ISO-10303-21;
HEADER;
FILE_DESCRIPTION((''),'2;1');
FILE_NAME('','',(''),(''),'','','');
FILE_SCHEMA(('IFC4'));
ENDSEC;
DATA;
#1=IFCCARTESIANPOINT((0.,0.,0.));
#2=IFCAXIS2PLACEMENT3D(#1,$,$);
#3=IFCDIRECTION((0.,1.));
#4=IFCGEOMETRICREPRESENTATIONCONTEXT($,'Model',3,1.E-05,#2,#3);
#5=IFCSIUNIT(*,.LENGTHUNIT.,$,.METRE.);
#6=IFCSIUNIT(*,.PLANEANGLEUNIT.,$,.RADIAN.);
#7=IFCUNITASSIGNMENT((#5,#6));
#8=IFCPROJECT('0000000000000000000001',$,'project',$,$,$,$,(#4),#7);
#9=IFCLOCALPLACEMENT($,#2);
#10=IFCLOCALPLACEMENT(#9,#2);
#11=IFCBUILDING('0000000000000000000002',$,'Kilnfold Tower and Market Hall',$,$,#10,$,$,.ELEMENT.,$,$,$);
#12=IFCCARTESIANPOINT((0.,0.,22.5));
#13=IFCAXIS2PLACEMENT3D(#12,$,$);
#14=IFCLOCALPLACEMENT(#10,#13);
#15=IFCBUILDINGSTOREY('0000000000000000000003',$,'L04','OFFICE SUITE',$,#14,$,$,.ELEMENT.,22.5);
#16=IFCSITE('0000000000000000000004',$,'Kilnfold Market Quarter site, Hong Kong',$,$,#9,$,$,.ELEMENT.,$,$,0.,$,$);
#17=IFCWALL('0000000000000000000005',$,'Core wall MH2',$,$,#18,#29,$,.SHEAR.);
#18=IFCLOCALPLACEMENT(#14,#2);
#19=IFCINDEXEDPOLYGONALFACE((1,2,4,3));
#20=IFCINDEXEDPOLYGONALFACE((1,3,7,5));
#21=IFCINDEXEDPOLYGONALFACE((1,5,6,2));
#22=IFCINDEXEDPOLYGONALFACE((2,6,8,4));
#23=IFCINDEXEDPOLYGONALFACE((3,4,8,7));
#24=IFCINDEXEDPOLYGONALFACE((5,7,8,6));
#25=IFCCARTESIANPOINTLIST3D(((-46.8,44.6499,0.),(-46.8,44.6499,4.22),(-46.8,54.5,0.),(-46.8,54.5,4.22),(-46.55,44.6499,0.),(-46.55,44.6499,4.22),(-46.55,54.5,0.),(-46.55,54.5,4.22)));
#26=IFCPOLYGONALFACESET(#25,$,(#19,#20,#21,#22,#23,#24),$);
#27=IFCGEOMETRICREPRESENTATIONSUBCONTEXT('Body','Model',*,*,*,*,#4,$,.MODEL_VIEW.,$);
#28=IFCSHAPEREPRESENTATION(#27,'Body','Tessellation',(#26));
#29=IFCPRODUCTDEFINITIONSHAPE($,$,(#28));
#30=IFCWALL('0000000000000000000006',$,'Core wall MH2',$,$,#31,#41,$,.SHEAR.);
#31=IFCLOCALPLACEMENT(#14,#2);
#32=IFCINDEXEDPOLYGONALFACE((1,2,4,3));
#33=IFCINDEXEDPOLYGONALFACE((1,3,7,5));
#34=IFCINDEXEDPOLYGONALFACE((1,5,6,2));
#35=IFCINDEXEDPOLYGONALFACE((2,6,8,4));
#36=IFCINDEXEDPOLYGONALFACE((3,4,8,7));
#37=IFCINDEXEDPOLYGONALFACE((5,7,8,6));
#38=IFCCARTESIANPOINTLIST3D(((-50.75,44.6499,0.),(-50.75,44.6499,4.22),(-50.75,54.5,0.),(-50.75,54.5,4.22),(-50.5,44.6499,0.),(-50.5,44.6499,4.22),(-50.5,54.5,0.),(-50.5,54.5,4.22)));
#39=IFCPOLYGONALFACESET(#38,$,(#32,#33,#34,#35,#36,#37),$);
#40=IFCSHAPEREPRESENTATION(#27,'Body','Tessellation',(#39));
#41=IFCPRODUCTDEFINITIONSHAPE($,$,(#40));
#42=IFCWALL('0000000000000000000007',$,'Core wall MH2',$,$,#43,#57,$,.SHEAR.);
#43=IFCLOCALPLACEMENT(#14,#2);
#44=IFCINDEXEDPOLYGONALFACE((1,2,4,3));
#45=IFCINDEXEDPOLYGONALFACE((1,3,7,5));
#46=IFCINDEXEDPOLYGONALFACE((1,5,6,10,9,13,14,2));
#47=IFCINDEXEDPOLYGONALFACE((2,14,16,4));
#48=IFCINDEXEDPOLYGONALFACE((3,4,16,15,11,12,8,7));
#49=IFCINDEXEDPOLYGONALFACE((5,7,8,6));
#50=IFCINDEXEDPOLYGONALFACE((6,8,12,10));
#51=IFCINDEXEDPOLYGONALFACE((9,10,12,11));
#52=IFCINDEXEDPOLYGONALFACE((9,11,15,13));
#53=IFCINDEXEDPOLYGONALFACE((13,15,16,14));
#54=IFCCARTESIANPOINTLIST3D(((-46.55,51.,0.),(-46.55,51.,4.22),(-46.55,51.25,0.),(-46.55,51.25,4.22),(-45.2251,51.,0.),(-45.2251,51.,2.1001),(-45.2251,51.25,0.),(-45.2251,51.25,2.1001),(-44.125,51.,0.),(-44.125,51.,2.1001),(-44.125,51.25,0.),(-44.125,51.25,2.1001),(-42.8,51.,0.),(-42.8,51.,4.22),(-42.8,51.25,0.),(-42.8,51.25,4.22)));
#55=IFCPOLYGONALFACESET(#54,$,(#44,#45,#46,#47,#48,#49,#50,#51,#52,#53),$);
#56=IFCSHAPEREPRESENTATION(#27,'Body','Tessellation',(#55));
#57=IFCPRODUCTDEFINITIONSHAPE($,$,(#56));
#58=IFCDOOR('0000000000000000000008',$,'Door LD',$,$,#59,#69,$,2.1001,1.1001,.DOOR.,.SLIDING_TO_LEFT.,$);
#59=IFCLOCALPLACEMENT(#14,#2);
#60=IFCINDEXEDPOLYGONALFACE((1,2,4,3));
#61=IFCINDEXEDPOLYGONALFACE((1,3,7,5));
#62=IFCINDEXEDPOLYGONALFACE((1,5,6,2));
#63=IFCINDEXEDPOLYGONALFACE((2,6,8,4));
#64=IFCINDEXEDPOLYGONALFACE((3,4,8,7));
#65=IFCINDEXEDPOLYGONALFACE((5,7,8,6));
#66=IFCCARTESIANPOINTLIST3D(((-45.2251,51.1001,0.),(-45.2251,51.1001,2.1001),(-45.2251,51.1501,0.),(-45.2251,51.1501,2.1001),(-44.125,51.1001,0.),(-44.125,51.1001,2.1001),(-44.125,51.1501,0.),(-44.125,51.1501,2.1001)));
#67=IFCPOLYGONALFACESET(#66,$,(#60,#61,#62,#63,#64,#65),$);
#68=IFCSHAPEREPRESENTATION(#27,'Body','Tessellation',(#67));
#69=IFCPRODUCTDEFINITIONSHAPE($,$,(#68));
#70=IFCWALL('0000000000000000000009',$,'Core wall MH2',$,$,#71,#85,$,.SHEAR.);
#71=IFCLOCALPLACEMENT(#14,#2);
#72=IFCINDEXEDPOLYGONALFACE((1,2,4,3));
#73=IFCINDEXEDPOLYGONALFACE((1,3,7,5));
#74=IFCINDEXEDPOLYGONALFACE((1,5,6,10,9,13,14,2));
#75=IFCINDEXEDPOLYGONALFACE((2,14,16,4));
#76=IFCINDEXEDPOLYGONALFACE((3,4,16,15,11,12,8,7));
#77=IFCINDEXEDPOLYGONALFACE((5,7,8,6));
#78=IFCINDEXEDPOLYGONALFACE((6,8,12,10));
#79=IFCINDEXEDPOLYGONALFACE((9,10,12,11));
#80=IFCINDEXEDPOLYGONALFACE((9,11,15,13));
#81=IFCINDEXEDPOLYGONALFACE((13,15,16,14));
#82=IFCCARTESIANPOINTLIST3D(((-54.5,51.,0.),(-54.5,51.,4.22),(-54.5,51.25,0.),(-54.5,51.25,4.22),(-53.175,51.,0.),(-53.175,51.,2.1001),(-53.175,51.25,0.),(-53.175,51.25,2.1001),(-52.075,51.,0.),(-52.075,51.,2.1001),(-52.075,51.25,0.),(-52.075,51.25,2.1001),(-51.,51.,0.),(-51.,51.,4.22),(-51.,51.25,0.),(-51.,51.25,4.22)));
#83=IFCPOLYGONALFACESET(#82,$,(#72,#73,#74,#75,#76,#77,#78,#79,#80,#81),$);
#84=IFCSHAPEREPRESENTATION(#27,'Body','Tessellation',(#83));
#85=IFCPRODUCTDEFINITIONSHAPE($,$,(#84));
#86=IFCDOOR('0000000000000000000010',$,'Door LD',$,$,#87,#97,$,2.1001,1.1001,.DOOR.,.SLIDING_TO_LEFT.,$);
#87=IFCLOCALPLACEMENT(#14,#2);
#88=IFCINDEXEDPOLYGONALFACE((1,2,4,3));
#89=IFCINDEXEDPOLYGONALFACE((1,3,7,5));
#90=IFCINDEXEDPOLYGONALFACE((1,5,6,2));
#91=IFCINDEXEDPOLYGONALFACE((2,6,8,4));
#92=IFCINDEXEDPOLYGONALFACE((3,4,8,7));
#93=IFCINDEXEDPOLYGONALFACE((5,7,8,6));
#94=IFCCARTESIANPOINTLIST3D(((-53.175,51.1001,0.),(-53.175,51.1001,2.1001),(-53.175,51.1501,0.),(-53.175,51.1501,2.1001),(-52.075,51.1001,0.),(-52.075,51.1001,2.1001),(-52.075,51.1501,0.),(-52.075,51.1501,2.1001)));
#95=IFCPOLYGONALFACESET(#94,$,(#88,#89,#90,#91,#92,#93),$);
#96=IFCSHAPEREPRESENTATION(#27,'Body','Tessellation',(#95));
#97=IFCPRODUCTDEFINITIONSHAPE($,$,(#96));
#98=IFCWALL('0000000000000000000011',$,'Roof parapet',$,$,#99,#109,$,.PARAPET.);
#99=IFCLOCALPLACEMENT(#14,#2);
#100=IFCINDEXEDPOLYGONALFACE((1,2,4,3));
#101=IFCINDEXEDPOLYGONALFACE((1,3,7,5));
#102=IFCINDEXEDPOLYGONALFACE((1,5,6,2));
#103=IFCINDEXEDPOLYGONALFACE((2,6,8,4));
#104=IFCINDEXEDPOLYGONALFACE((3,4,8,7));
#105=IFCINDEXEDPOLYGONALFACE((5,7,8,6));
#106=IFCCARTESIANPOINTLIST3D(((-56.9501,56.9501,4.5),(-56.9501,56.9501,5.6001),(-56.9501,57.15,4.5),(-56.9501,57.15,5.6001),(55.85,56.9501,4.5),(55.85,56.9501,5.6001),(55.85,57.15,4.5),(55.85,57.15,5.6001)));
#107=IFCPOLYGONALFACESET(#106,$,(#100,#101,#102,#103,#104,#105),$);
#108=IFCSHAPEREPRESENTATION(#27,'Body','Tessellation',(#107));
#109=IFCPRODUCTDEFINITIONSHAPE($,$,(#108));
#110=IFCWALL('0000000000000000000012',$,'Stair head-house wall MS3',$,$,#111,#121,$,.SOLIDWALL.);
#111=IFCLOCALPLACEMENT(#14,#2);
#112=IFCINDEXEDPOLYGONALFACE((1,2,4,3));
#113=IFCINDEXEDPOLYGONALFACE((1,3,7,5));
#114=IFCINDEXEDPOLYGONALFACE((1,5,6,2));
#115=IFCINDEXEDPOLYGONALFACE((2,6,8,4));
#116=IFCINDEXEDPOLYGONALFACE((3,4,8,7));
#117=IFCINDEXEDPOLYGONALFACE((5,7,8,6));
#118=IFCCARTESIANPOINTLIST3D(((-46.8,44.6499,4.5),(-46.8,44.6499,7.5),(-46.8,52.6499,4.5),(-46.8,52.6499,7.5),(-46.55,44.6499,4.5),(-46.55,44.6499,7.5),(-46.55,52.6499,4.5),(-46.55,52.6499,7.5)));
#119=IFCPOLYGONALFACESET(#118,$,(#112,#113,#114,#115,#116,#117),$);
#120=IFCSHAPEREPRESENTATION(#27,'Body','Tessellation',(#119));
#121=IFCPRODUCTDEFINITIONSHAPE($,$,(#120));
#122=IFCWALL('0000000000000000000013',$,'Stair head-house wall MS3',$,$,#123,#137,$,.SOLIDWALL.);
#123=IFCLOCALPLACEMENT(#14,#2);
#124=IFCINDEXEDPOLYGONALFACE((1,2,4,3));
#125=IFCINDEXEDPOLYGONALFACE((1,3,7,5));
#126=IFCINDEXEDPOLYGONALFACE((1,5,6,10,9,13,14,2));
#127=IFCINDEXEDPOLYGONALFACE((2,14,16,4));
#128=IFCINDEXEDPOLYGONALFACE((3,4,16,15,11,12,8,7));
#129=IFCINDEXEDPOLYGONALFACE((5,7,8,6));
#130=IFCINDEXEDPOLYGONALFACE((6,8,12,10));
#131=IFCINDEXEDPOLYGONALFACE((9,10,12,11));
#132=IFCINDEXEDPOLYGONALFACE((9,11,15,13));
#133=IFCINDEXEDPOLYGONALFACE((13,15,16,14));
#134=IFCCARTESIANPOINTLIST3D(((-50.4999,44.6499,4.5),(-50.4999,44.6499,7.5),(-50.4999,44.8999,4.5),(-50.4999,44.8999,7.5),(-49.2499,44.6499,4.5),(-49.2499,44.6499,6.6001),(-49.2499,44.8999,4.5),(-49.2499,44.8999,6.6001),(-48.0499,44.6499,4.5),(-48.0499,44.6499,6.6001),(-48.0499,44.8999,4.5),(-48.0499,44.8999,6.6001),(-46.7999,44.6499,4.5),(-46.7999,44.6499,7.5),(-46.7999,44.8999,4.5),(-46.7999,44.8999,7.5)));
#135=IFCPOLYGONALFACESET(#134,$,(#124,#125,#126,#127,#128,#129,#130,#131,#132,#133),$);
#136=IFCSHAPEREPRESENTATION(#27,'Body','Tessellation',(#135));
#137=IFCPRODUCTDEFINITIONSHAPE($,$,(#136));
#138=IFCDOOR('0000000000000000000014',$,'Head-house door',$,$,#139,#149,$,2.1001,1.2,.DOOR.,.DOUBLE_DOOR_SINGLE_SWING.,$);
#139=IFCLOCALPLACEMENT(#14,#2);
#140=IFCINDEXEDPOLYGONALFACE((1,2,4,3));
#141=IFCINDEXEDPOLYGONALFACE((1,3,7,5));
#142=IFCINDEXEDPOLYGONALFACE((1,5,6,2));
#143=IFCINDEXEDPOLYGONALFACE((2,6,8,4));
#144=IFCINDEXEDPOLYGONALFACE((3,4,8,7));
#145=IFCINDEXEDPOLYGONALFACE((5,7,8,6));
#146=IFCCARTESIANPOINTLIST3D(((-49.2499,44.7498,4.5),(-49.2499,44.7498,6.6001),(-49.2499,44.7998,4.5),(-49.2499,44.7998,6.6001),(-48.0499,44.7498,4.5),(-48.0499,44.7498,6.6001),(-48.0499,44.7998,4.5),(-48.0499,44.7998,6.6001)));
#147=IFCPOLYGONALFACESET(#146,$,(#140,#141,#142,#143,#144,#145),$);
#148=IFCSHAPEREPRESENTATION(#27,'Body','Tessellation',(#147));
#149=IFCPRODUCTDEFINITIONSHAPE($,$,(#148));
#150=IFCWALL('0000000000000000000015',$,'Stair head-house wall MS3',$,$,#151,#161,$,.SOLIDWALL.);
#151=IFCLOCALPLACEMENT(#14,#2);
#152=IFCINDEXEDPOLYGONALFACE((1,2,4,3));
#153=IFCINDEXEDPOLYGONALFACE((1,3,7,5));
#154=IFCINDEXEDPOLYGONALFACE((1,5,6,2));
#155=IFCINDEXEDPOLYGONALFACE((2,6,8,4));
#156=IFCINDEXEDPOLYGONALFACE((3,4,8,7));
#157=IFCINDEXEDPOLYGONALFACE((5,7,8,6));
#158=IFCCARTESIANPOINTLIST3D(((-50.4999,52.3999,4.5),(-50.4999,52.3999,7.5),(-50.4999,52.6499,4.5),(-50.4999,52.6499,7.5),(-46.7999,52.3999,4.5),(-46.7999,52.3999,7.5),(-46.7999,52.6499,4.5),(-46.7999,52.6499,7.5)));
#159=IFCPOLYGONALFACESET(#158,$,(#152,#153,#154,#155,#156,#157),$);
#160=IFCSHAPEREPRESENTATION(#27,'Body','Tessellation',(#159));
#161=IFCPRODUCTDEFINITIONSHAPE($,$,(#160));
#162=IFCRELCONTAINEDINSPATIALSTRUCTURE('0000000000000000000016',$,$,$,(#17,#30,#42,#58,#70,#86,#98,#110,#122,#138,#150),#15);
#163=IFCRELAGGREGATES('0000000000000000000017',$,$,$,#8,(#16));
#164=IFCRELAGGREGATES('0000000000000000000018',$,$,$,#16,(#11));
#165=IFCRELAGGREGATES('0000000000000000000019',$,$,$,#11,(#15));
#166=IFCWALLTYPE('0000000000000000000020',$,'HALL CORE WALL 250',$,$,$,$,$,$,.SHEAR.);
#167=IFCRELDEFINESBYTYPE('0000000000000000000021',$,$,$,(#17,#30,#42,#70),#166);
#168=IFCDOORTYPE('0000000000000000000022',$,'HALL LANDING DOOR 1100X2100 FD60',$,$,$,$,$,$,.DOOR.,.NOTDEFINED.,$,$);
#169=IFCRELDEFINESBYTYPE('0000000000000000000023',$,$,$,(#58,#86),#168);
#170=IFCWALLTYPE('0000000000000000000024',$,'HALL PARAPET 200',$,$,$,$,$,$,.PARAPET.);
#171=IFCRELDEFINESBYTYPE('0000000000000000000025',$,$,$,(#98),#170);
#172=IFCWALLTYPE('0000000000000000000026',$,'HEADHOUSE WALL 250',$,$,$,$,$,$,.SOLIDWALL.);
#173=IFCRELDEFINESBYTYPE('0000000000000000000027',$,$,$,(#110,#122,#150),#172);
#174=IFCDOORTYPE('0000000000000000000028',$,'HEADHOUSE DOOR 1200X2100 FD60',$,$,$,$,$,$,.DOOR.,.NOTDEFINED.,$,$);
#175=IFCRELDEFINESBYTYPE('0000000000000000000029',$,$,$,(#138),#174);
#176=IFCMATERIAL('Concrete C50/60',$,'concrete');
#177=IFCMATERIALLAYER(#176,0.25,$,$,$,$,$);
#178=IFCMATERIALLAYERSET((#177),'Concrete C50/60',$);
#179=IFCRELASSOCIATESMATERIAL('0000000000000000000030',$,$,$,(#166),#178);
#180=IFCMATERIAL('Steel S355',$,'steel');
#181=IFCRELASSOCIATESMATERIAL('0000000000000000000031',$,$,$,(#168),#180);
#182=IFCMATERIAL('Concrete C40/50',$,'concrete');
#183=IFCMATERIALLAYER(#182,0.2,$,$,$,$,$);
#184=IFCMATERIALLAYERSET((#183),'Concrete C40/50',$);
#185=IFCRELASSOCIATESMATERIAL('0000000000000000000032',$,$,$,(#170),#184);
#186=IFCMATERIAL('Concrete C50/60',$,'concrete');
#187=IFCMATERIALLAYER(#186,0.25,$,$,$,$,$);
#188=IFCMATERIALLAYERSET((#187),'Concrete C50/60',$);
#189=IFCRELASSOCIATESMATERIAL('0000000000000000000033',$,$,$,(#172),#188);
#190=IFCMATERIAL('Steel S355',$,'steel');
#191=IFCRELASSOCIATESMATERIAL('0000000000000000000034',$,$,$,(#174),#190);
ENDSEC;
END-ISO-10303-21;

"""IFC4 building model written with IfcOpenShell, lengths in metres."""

from ifc_helpers import new_model, si_unit, direction, frame, frame_2d, origin, place, context, subcontext, project, spatial, rectangle, extrude, source, transform, mapped, material, layer, layer_set, type_object, element, fill, save


model = new_model("IFC4")

# Units and contexts
model_context = context("Model", 3, precision=1e-05, world=origin(), true_north=direction((0.0, 1.0)))
body_context = subcontext(model_context, "Body", "Model", "MODEL_VIEW")
ifc_project = project(units=[si_unit("LENGTHUNIT", "METRE"), si_unit("PLANEANGLEUNIT", "RADIAN")], contexts=[model_context])

# Site, building, storey
site_placement = place(None, origin())
site = spatial("IfcSite", under=ifc_project, at=site_placement, Name="Kilnfold Market Quarter site, Hong Kong", CompositionType="ELEMENT", RefElevation=0.0)
building_placement = place(site_placement, origin())
building = spatial("IfcBuilding", under=site, at=building_placement, Name="Kilnfold Tower and Market Hall", CompositionType="ELEMENT")
storey_placement = place(building_placement, frame((0.0, 0.0, 22.5)))
storey = spatial("IfcBuildingStorey", under=building, at=storey_placement, Name="L04", Description="OFFICE SUITE", CompositionType="ELEMENT", Elevation=22.5)

# Shared definitions
ifc_material_1 = material(Name="Concrete C50/60", Category="concrete")
ifc_layer_1 = layer(ifc_material_1, 0.25)
ifc_layer_set_1 = layer_set([ifc_layer_1], Name="Concrete C50/60")
wall_type_1 = type_object("IfcWallType", Name="HALL CORE WALL 250", PredefinedType="SHEAR", material=ifc_layer_set_1)

# Walls
shared_shape_1 = source(origin(), body_context, "Body", "SweptSolid", [
    extrude(rectangle(XDim=9.8501, YDim=0.25, at=frame_2d((4.925, 0.0))), origin(), (0.0, 0.0, 1.0), 4.22),
])
for number, where, z_axis, x_axis, name in (
    (1, (-46.675, 54.5, 0.0), (0.0, 0.0, 1.0), (0.0, -1.0, 0.0), "Core wall MH2"),
    (2, (-50.625, 54.5, 0.0), (0.0, 0.0, 1.0), (0.0, -1.0, 0.0), "Core wall MH2"),
):
    element("IfcWall", number, at=place(storey_placement, frame(where, z_axis=z_axis, x_axis=x_axis)), inside=storey, type_object=wall_type_1, Name=name, PredefinedType="SHEAR", context=body_context, shape_type="MappedRepresentation", body=[
        mapped(shared_shape_1, transform((0.0, 0.0, 0.0))),
    ])

# Walls, openings, doors
shared_shape_2 = source(origin(), body_context, "Body", "SweptSolid", [
    extrude(rectangle(XDim=3.75, YDim=0.25, at=frame_2d((1.875, 0.0))), origin(), (0.0, 0.0, 1.0), 4.22),
])
wall_1_placement = place(storey_placement, frame((-42.8, 51.125, 0.0), z_axis=(0.0, 0.0, 1.0), x_axis=(-1.0, 0.0, 0.0)))
wall_1 = element("IfcWall", 3, at=wall_1_placement, inside=storey, type_object=wall_type_1, Name="Core wall MH2", PredefinedType="SHEAR", context=body_context, shape_type="MappedRepresentation", body=[
    mapped(shared_shape_2, transform((0.0, 0.0, 0.0))),
])
opening_1_placement = place(wall_1_placement, frame((1.325, 0.0, 0.0)))
opening_1 = element("IfcOpeningElement", 4, at=opening_1_placement, cuts=wall_1, PredefinedType="OPENING", context=body_context, shape_type="SweptSolid", body=[
    extrude(rectangle(XDim=1.1001, YDim=2.1001, at=frame_2d((0.55, 1.05))), frame((0.0, 0.135, 0.0), z_axis=(0.0, -1.0, 0.0), x_axis=(1.0, 0.0, 0.0)), (0.0, 0.0, 1.0), 0.27),
])
ifc_material_2 = material(Name="Steel S355", Category="steel")
door_type_1 = type_object("IfcDoorType", Name="HALL LANDING DOOR 1100X2100 FD60", OperationType="NOTDEFINED", PredefinedType="DOOR", material=ifc_material_2)
door_1_placement = place(opening_1_placement, origin())
door_1 = element("IfcDoor", 5, at=door_1_placement, inside=storey, type_object=door_type_1, Name="Door LD", OperationType="SLIDING_TO_LEFT", OverallHeight=2.1001, OverallWidth=1.1001, PredefinedType="DOOR", context=body_context, shape_type="SweptSolid", body=[
    extrude(rectangle(XDim=1.1001, YDim=2.1001, at=frame_2d((0.55, 1.05))), frame((0.0, 0.0249, 0.0), z_axis=(0.0, -1.0, 0.0), x_axis=(1.0, 0.0, 0.0)), (0.0, 0.0, 1.0), 0.05),
])
fill(opening_1, door_1)
shared_shape_3 = source(origin(), body_context, "Body", "SweptSolid", [
    extrude(rectangle(XDim=3.5, YDim=0.25, at=frame_2d((1.75, 0.0))), origin(), (0.0, 0.0, 1.0), 4.22),
])
wall_2_placement = place(storey_placement, frame((-51.0, 51.125, 0.0), z_axis=(0.0, 0.0, 1.0), x_axis=(-1.0, 0.0, 0.0)))
wall_2 = element("IfcWall", 6, at=wall_2_placement, inside=storey, type_object=wall_type_1, Name="Core wall MH2", PredefinedType="SHEAR", context=body_context, shape_type="MappedRepresentation", body=[
    mapped(shared_shape_3, transform((0.0, 0.0, 0.0))),
])
opening_2_placement = place(wall_2_placement, frame((1.075, 0.0, 0.0)))
opening_2 = element("IfcOpeningElement", 7, at=opening_2_placement, cuts=wall_2, PredefinedType="OPENING", context=body_context, shape_type="SweptSolid", body=[
    extrude(rectangle(XDim=1.1001, YDim=2.1001, at=frame_2d((0.55, 1.05))), frame((0.0, 0.135, 0.0), z_axis=(0.0, -1.0, 0.0), x_axis=(1.0, 0.0, 0.0)), (0.0, 0.0, 1.0), 0.27),
])
door_2_placement = place(opening_2_placement, origin())
door_2 = element("IfcDoor", 8, at=door_2_placement, inside=storey, type_object=door_type_1, Name="Door LD", OperationType="SLIDING_TO_LEFT", OverallHeight=2.1001, OverallWidth=1.1001, PredefinedType="DOOR", context=body_context, shape_type="SweptSolid", body=[
    extrude(rectangle(XDim=1.1001, YDim=2.1001, at=frame_2d((0.55, 1.05))), frame((0.0, 0.0249, 0.0), z_axis=(0.0, -1.0, 0.0), x_axis=(1.0, 0.0, 0.0)), (0.0, 0.0, 1.0), 0.05),
])
fill(opening_2, door_2)

# Walls
ifc_material_3 = material(Name="Concrete C40/50", Category="concrete")
ifc_layer_2 = layer(ifc_material_3, 0.2)
ifc_layer_set_2 = layer_set([ifc_layer_2], Name="Concrete C40/50")
wall_type_2 = type_object("IfcWallType", Name="HALL PARAPET 200", PredefinedType="PARAPET", material=ifc_layer_set_2)
shared_shape_4 = source(origin(), body_context, "Body", "SweptSolid", [
    extrude(rectangle(XDim=112.8, YDim=0.2, at=frame_2d((56.3999, 0.0))), origin(), (0.0, 0.0, 1.0), 1.1001),
])
wall_3_placement = place(storey_placement, frame((-56.95, 57.05, 4.5), z_axis=(0.0, 0.0, 1.0), x_axis=(1.0, 0.0, 0.0)))
element("IfcWall", 9, at=wall_3_placement, inside=storey, type_object=wall_type_2, Name="Roof parapet", PredefinedType="PARAPET", context=body_context, shape_type="MappedRepresentation", body=[
    mapped(shared_shape_4, transform((0.0, 0.0, 0.0))),
])
ifc_material_4 = material(Name="Concrete C50/60", Category="concrete")
ifc_layer_3 = layer(ifc_material_4, 0.25)
ifc_layer_set_3 = layer_set([ifc_layer_3], Name="Concrete C50/60")
wall_type_3 = type_object("IfcWallType", Name="HEADHOUSE WALL 250", PredefinedType="SOLIDWALL", material=ifc_layer_set_3)
shared_shape_5 = source(origin(), body_context, "Body", "SweptSolid", [
    extrude(rectangle(XDim=8.0, YDim=0.25, at=frame_2d((4.0, 0.0))), origin(), (0.0, 0.0, 1.0), 3.0),
])
wall_4_placement = place(storey_placement, frame((-46.675, 44.6499, 4.5), z_axis=(0.0, 0.0, 1.0), x_axis=(0.0, 1.0, 0.0)))
element("IfcWall", 10, at=wall_4_placement, inside=storey, type_object=wall_type_3, Name="Stair head-house wall MS3", PredefinedType="SOLIDWALL", context=body_context, shape_type="MappedRepresentation", body=[
    mapped(shared_shape_5, transform((0.0, 0.0, 0.0))),
])

# Wall, opening, door
shared_shape_6 = source(origin(), body_context, "Body", "SweptSolid", [
    extrude(rectangle(XDim=3.7, YDim=0.25, at=frame_2d((1.8501, 0.0))), origin(), (0.0, 0.0, 1.0), 3.0),
])
wall_5_placement = place(storey_placement, frame((-50.5, 44.7749, 4.5), z_axis=(0.0, 0.0, 1.0), x_axis=(1.0, 0.0, 0.0)))
wall_5 = element("IfcWall", 11, at=wall_5_placement, inside=storey, type_object=wall_type_3, Name="Stair head-house wall MS3", PredefinedType="SOLIDWALL", context=body_context, shape_type="MappedRepresentation", body=[
    mapped(shared_shape_6, transform((0.0, 0.0, 0.0))),
])
opening_3_placement = place(wall_5_placement, frame((1.25, 0.0, 0.0)))
opening_3 = element("IfcOpeningElement", 12, at=opening_3_placement, cuts=wall_5, PredefinedType="OPENING", context=body_context, shape_type="SweptSolid", body=[
    extrude(rectangle(XDim=1.2, YDim=2.1001, at=frame_2d((0.6001, 1.05))), frame((0.0, 0.135, 0.0), z_axis=(0.0, -1.0, 0.0), x_axis=(1.0, 0.0, 0.0)), (0.0, 0.0, 1.0), 0.27),
])
ifc_material_5 = material(Name="Steel S355", Category="steel")
door_type_2 = type_object("IfcDoorType", Name="HEADHOUSE DOOR 1200X2100 FD60", OperationType="NOTDEFINED", PredefinedType="DOOR", material=ifc_material_5)
door_3_placement = place(opening_3_placement, origin())
door_3 = element("IfcDoor", 13, at=door_3_placement, inside=storey, type_object=door_type_2, Name="Head-house door", OperationType="DOUBLE_DOOR_SINGLE_SWING", OverallHeight=2.1001, OverallWidth=1.2, PredefinedType="DOOR", context=body_context, shape_type="SweptSolid", body=[
    extrude(rectangle(XDim=1.2, YDim=2.1001, at=frame_2d((0.6001, 1.05))), frame((0.0, 0.0249, 0.0), z_axis=(0.0, -1.0, 0.0), x_axis=(1.0, 0.0, 0.0)), (0.0, 0.0, 1.0), 0.05),
])
fill(opening_3, door_3)

# Wall
wall_6_placement = place(storey_placement, frame((-50.5, 52.5249, 4.5), z_axis=(0.0, 0.0, 1.0), x_axis=(1.0, 0.0, 0.0)))
element("IfcWall", 14, at=wall_6_placement, inside=storey, type_object=wall_type_3, Name="Stair head-house wall MS3", PredefinedType="SOLIDWALL", context=body_context, shape_type="MappedRepresentation", body=[
    mapped(shared_shape_6, transform((0.0, 0.0, 0.0))),
])

save(model, "model.ifc")
